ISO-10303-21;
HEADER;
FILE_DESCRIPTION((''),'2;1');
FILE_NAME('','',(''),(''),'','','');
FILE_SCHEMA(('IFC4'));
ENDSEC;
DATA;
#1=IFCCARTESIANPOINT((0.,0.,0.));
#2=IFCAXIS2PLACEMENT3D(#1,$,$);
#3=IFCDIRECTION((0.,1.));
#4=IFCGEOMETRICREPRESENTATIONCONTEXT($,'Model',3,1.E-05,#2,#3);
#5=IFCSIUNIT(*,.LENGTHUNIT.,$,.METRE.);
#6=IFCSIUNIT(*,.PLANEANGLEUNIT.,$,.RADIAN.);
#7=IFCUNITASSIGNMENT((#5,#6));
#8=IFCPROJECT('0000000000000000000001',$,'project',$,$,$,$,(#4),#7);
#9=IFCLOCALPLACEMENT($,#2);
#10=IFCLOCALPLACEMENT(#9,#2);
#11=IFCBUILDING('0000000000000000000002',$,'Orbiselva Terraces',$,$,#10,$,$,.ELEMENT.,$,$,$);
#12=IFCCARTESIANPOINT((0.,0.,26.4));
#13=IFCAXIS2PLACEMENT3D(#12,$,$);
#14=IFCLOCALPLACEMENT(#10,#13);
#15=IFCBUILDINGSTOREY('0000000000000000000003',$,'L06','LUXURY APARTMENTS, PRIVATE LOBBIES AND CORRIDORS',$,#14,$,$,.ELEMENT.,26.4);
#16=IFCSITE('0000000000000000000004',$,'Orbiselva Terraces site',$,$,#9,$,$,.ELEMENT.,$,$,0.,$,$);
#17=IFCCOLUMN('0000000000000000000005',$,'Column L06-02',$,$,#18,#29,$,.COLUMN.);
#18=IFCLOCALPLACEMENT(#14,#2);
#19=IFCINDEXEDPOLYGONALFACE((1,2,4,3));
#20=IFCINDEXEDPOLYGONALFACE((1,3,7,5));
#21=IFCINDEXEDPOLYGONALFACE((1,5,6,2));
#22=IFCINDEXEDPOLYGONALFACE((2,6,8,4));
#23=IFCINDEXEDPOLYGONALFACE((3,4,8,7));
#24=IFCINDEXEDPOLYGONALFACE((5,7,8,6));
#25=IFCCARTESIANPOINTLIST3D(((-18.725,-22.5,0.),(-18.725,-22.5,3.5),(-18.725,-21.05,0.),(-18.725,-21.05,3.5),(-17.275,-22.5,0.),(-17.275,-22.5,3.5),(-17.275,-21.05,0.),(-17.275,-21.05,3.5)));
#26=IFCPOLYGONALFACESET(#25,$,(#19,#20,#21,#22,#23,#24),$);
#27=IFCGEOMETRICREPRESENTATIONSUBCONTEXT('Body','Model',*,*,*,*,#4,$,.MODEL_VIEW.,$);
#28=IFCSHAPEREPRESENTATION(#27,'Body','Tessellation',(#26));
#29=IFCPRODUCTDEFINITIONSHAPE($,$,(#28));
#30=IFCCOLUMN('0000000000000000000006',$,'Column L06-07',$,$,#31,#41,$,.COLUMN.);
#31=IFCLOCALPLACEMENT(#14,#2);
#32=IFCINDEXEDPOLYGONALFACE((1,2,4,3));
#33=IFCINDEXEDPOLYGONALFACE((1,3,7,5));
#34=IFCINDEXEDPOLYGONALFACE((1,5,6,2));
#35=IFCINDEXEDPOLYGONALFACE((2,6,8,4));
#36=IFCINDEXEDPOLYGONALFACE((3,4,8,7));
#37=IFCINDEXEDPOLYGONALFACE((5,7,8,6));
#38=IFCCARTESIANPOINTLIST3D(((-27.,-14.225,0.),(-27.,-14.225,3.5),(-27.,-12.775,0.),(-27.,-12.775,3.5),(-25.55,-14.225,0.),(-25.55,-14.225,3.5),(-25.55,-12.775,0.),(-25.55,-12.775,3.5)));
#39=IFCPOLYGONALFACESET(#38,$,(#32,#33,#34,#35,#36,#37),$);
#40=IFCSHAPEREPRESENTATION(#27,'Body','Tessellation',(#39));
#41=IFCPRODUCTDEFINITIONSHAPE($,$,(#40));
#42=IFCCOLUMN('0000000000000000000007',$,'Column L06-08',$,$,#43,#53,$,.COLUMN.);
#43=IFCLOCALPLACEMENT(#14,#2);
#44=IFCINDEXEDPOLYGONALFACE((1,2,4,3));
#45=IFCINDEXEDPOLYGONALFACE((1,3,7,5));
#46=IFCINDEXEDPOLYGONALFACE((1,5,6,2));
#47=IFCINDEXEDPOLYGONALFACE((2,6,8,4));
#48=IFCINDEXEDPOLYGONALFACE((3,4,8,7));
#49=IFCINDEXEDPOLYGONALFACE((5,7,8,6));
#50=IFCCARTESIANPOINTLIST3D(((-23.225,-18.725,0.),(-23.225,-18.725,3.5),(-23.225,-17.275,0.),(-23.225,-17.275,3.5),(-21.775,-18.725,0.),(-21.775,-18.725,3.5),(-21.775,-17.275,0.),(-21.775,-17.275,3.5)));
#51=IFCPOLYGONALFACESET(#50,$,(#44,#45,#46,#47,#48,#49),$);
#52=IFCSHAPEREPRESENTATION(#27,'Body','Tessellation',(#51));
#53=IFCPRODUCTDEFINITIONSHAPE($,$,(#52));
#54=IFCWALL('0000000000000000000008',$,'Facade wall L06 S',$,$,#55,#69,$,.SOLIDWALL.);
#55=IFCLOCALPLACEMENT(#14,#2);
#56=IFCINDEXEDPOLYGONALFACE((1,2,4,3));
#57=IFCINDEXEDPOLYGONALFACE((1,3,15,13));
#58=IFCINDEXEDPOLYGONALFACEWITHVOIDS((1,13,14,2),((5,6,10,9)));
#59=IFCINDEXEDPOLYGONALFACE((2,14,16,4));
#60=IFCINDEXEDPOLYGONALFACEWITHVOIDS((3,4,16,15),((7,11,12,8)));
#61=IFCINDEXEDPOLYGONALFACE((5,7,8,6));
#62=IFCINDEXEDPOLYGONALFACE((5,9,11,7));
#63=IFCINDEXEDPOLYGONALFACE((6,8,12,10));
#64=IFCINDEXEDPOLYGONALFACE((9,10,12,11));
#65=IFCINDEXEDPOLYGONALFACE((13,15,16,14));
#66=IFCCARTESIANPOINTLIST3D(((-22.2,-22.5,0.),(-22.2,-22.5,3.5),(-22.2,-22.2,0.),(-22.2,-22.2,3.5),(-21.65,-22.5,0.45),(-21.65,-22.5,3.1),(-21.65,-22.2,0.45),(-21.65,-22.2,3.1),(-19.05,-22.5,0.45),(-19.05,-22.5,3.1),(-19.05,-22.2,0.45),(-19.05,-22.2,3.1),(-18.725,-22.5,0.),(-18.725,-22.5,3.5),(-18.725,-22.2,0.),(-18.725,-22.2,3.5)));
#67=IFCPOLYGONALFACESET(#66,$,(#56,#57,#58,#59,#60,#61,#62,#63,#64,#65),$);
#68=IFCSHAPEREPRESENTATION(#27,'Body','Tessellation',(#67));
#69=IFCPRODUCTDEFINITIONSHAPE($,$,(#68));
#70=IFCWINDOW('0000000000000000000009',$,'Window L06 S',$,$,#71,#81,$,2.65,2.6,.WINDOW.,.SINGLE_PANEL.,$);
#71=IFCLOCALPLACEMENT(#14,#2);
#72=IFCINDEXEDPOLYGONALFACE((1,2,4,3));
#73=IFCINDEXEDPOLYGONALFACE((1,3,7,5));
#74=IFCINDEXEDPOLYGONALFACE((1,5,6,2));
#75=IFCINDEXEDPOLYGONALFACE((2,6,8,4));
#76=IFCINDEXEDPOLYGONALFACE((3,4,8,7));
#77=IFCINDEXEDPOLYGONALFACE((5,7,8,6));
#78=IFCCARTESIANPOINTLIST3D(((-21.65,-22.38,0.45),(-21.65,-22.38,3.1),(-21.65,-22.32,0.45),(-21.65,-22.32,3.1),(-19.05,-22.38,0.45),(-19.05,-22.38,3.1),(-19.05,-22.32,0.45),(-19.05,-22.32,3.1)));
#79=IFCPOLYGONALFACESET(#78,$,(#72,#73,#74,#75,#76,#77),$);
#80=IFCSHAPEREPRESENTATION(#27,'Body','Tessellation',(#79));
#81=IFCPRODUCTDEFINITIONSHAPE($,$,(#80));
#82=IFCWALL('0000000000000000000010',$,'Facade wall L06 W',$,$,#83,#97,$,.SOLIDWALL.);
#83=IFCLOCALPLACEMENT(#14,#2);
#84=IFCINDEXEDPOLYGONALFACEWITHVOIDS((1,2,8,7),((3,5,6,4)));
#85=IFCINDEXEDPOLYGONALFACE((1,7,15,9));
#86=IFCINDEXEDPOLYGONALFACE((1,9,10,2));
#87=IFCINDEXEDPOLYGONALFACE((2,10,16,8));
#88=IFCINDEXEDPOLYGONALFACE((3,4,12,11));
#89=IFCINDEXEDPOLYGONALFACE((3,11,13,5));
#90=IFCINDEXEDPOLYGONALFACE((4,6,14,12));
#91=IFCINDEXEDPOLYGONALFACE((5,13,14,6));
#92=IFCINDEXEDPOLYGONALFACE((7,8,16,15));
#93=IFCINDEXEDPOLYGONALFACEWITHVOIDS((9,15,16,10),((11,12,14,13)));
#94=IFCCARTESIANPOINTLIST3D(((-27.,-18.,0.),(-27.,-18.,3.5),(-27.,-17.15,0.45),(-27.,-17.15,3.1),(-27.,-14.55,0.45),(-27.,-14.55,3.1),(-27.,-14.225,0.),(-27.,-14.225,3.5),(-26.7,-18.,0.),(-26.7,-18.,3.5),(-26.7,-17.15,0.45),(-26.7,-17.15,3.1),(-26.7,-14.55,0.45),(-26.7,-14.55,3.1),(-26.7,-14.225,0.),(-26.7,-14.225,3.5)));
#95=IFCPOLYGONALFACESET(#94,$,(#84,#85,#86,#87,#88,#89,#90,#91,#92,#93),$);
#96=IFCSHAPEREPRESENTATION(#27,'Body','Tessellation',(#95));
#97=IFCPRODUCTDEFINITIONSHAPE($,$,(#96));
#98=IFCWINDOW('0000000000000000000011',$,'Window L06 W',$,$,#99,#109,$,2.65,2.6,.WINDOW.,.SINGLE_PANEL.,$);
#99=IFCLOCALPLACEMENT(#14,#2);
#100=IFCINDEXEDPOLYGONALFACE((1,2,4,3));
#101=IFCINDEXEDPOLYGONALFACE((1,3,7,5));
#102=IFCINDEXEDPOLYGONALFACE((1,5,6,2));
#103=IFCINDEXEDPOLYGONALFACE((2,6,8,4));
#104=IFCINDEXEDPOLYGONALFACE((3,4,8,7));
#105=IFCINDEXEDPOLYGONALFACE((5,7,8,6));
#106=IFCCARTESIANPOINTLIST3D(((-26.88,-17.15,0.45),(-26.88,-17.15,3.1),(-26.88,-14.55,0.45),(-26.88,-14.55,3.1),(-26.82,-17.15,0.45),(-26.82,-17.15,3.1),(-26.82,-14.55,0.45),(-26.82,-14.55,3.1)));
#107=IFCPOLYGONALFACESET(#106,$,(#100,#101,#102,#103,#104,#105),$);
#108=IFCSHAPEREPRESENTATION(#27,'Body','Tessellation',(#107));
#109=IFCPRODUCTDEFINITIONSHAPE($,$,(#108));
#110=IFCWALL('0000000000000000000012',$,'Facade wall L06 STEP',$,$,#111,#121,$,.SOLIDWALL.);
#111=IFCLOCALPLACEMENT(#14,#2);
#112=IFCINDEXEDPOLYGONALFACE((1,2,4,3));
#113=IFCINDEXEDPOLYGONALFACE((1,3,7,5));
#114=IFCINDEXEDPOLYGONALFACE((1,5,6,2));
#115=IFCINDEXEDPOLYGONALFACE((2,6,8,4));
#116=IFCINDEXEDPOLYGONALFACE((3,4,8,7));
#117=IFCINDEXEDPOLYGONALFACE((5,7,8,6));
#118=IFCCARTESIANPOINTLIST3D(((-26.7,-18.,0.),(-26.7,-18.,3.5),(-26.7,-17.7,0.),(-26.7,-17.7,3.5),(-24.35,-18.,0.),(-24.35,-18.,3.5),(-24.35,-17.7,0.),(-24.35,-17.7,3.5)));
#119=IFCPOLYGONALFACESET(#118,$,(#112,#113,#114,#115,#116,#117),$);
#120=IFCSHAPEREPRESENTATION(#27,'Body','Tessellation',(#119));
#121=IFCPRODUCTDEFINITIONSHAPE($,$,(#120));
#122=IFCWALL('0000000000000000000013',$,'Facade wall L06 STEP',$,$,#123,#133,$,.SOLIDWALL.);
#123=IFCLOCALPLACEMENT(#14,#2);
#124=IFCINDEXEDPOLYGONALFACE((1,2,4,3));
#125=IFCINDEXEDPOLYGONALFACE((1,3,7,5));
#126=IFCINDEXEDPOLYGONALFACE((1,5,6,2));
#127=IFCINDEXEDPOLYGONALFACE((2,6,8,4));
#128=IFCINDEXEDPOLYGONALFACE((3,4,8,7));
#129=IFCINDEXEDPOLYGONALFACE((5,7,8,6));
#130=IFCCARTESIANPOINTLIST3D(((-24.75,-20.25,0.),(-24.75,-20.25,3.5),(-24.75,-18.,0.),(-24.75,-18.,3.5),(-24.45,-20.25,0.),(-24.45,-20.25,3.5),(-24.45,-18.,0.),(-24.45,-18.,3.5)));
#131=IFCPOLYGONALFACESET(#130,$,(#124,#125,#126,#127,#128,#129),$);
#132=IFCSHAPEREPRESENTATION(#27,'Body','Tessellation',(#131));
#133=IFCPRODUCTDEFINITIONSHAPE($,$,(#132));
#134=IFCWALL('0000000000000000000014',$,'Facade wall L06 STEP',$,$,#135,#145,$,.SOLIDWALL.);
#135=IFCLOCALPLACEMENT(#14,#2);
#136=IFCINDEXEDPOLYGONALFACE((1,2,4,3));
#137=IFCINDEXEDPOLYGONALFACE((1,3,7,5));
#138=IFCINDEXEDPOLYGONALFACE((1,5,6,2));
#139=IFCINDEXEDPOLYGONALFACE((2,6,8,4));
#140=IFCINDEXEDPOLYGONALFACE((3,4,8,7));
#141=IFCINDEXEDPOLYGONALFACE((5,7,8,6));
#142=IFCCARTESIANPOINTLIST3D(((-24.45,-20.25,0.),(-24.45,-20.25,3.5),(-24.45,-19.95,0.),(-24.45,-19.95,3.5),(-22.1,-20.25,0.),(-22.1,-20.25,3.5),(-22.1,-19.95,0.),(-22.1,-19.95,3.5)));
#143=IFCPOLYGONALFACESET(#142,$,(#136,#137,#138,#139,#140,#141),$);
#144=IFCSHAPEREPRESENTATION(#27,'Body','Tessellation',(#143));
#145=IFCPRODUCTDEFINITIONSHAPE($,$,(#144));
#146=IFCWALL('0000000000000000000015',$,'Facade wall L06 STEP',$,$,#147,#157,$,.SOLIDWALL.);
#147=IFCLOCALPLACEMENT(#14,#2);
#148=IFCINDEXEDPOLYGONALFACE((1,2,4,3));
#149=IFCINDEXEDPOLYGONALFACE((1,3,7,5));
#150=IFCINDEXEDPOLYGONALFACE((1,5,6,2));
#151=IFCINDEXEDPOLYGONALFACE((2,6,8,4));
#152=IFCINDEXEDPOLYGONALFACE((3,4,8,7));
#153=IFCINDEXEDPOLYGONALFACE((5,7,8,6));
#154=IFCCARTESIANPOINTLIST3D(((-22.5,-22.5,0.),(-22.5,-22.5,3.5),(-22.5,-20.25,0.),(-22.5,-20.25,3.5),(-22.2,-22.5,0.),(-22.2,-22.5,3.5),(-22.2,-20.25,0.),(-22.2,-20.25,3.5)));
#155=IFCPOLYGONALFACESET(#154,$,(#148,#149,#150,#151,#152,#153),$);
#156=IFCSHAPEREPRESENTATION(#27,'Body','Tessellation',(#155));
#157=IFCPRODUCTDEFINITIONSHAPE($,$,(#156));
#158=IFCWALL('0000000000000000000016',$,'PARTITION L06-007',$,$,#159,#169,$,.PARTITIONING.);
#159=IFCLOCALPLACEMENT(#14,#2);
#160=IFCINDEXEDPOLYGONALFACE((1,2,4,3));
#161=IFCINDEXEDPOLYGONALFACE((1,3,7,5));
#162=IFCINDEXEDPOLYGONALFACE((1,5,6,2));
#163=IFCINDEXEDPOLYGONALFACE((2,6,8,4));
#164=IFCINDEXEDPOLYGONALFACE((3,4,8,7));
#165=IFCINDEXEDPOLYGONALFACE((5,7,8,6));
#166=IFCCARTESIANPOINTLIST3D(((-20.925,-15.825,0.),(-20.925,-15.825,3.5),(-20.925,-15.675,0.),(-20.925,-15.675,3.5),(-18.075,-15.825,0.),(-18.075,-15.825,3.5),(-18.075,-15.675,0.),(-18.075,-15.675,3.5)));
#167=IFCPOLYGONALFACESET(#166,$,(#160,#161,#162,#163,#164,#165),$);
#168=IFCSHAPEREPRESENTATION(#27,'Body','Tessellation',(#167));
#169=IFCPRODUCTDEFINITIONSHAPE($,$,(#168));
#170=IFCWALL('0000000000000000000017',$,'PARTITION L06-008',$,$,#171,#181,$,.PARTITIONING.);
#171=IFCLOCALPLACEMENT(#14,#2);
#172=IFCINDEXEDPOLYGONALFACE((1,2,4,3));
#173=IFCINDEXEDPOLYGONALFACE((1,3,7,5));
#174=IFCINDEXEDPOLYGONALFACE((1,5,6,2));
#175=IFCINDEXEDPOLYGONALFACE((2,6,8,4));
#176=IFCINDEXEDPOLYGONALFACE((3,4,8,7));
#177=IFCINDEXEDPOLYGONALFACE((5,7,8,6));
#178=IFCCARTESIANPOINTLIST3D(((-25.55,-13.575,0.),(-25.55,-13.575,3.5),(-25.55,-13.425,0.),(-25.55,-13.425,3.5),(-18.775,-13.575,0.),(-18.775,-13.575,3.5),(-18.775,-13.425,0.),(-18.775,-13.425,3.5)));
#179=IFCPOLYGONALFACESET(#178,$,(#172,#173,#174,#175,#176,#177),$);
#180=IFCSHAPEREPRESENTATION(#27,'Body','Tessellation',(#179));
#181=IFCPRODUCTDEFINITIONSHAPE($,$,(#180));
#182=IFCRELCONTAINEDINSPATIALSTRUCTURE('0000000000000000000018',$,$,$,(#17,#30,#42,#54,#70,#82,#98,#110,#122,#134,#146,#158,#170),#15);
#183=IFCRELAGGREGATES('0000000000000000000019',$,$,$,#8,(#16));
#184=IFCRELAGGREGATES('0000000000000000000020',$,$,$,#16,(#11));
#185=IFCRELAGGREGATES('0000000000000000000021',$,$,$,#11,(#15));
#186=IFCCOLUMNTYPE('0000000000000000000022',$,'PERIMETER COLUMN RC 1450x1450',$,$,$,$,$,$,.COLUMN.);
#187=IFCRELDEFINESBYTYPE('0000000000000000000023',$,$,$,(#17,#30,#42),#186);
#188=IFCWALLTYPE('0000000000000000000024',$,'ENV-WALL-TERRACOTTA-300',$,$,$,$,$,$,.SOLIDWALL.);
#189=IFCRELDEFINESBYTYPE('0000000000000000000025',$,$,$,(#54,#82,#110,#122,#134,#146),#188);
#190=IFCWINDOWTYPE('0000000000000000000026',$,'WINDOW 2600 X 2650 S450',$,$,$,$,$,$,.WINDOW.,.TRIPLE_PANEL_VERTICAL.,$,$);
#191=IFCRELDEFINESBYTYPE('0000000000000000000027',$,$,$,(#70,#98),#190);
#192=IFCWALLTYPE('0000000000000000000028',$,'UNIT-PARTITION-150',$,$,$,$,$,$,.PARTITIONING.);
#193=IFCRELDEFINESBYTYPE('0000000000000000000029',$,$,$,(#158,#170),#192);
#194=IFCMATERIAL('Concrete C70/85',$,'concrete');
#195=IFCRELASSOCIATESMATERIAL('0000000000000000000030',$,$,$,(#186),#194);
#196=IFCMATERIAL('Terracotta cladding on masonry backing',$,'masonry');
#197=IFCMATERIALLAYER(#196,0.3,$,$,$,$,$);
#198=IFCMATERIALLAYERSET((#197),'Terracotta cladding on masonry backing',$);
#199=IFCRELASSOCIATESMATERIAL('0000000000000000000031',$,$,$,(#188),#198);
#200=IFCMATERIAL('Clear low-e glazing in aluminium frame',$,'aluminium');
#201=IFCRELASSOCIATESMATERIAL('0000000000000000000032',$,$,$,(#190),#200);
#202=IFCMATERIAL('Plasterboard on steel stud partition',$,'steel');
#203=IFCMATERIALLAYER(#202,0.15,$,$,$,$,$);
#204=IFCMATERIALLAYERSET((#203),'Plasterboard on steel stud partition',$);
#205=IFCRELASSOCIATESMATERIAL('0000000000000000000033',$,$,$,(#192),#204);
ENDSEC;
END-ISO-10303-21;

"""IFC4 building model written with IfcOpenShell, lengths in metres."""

from ifc_helpers import new_model, si_unit, direction, frame, frame_2d, origin, origin_2d, place, context, subcontext, project, spatial, rectangle, extrude, material, layer, layer_set, material_profile, profile_set, type_object, element, fill, save


model = new_model("IFC4")

# Units and contexts
model_context = context("Model", 3, precision=1e-05, world=origin(), true_north=direction((0.0, 1.0)))
body_context = subcontext(model_context, "Body", "Model", "MODEL_VIEW")
ifc_project = project(units=[si_unit("LENGTHUNIT", "METRE"), si_unit("PLANEANGLEUNIT", "RADIAN")], contexts=[model_context])

# Site, building, storey
site_placement = place(None, origin())
site = spatial("IfcSite", under=ifc_project, at=site_placement, Name="Orbiselva Terraces site", CompositionType="ELEMENT", RefElevation=0.0)
building_placement = place(site_placement, origin())
building = spatial("IfcBuilding", under=site, at=building_placement, Name="Orbiselva Terraces", CompositionType="ELEMENT")
storey_placement = place(building_placement, frame((0.0, 0.0, 26.4)))
storey = spatial("IfcBuildingStorey", under=building, at=storey_placement, Name="L06", Description="LUXURY APARTMENTS, PRIVATE LOBBIES AND CORRIDORS", CompositionType="ELEMENT", Elevation=26.4)

# Columns
ifc_material_1 = material(Name="Concrete C70/85", Category="concrete")
ifc_material_profile = material_profile(ifc_material_1, rectangle(XDim=1.45, YDim=1.45, at=origin_2d()), Name="RC 1450x1450")
ifc_profile_set = profile_set([ifc_material_profile], Name="Concrete C70/85")
column_type = type_object("IfcColumnType", Name="PERIMETER COLUMN RC 1450x1450", PredefinedType="COLUMN", material=ifc_profile_set)
for number, where, z_axis, x_axis, name in (
    (1, (-18.0, -21.775, 0.0), (0.0, 0.0, 1.0), (1.0, 0.0, 0.0), "Column L06-02"),
    (2, (-26.275, -13.5, 0.0), (0.0, 0.0, 1.0), (1.0, 0.0, 0.0), "Column L06-07"),
    (3, (-22.5, -18.0, 0.0), (0.0, 0.0, 1.0), (1.0, 0.0, 0.0), "Column L06-08"),
):
    element("IfcColumn", number, at=place(storey_placement, frame(where, z_axis=z_axis, x_axis=x_axis)), inside=storey, type_object=column_type, Name=name, PredefinedType="COLUMN", context=body_context, shape_type="SweptSolid", body=[
        extrude(rectangle(XDim=1.45, YDim=1.45, at=origin_2d()), origin(), (0.0, 0.0, 1.0), 3.5),
    ])

# Walls, openings, windows
ifc_material_2 = material(Name="Terracotta cladding on masonry backing", Category="masonry")
ifc_layer_1 = layer(ifc_material_2, 0.3)
ifc_layer_set_1 = layer_set([ifc_layer_1], Name="Terracotta cladding on masonry backing")
wall_type_1 = type_object("IfcWallType", Name="ENV-WALL-TERRACOTTA-300", PredefinedType="SOLIDWALL", material=ifc_layer_set_1)
wall_1_placement = place(storey_placement, frame((-18.725, -22.35, 0.0), z_axis=(0.0, 0.0, 1.0), x_axis=(-1.0, 0.0, 0.0)))
wall_1 = element("IfcWall", 4, at=wall_1_placement, inside=storey, type_object=wall_type_1, Name="Facade wall L06 S", PredefinedType="SOLIDWALL", context=body_context, shape_type="SweptSolid", body=[
    extrude(rectangle(XDim=3.475, YDim=0.3, at=frame_2d((1.7375, 0.0))), origin(), (0.0, 0.0, 1.0), 3.5),
])
opening_1_placement = place(wall_1_placement, frame((0.325, 0.0, 0.45)))
opening_1 = element("IfcOpeningElement", 5, at=opening_1_placement, cuts=wall_1, PredefinedType="OPENING", context=body_context, shape_type="SweptSolid", body=[
    extrude(rectangle(XDim=2.6, YDim=2.65, at=frame_2d((1.3, 1.325))), frame((0.0, 0.16, 0.0), z_axis=(0.0, -1.0, 0.0), x_axis=(1.0, 0.0, 0.0)), (0.0, 0.0, 1.0), 0.32),
])
ifc_material_3 = material(Name="Clear low-e glazing in aluminium frame", Category="aluminium")
window_type = type_object("IfcWindowType", Name="WINDOW 2600 X 2650 S450", PartitioningType="TRIPLE_PANEL_VERTICAL", PredefinedType="WINDOW", material=ifc_material_3)
window_1_placement = place(opening_1_placement, origin())
window_1 = element("IfcWindow", 6, at=window_1_placement, inside=storey, type_object=window_type, Name="Window L06 S", OverallHeight=2.65, OverallWidth=2.6, PartitioningType="SINGLE_PANEL", PredefinedType="WINDOW", context=body_context, shape_type="SweptSolid", body=[
    extrude(rectangle(XDim=2.6, YDim=2.65, at=frame_2d((1.3, 1.325))), frame((0.0, 0.03, 0.0), z_axis=(0.0, -1.0, 0.0), x_axis=(1.0, 0.0, 0.0)), (0.0, 0.0, 1.0), 0.06),
])
fill(opening_1, window_1)
wall_2_placement = place(storey_placement, frame((-26.85, -18.0, 0.0), z_axis=(0.0, 0.0, 1.0), x_axis=(0.0, 1.0, 0.0)))
wall_2 = element("IfcWall", 7, at=wall_2_placement, inside=storey, type_object=wall_type_1, Name="Facade wall L06 W", PredefinedType="SOLIDWALL", context=body_context, shape_type="SweptSolid", body=[
    extrude(rectangle(XDim=3.775, YDim=0.3, at=frame_2d((1.8875, 0.0))), origin(), (0.0, 0.0, 1.0), 3.5),
])
opening_2_placement = place(wall_2_placement, frame((0.85, 0.0, 0.45)))
opening_2 = element("IfcOpeningElement", 8, at=opening_2_placement, cuts=wall_2, PredefinedType="OPENING", context=body_context, shape_type="SweptSolid", body=[
    extrude(rectangle(XDim=2.6, YDim=2.65, at=frame_2d((1.3, 1.325))), frame((0.0, 0.16, 0.0), z_axis=(0.0, -1.0, 0.0), x_axis=(1.0, 0.0, 0.0)), (0.0, 0.0, 1.0), 0.32),
])
window_2_placement = place(opening_2_placement, origin())
window_2 = element("IfcWindow", 9, at=window_2_placement, inside=storey, type_object=window_type, Name="Window L06 W", OverallHeight=2.65, OverallWidth=2.6, PartitioningType="SINGLE_PANEL", PredefinedType="WINDOW", context=body_context, shape_type="SweptSolid", body=[
    extrude(rectangle(XDim=2.6, YDim=2.65, at=frame_2d((1.3, 1.325))), frame((0.0, 0.03, 0.0), z_axis=(0.0, -1.0, 0.0), x_axis=(1.0, 0.0, 0.0)), (0.0, 0.0, 1.0), 0.06),
])
fill(opening_2, window_2)

# Walls
wall_3_placement = place(storey_placement, frame((-24.35, -17.85, 0.0), z_axis=(0.0, 0.0, 1.0), x_axis=(-1.0, 0.0, 0.0)))
element("IfcWall", 10, at=wall_3_placement, inside=storey, type_object=wall_type_1, Name="Facade wall L06 STEP", PredefinedType="SOLIDWALL", context=body_context, shape_type="SweptSolid", body=[
    extrude(rectangle(XDim=2.35, YDim=0.3, at=frame_2d((1.175, 0.0))), origin(), (0.0, 0.0, 1.0), 3.5),
])
wall_4_placement = place(storey_placement, frame((-24.6, -20.25, 0.0), z_axis=(0.0, 0.0, 1.0), x_axis=(0.0, 1.0, 0.0)))
element("IfcWall", 11, at=wall_4_placement, inside=storey, type_object=wall_type_1, Name="Facade wall L06 STEP", PredefinedType="SOLIDWALL", context=body_context, shape_type="SweptSolid", body=[
    extrude(rectangle(XDim=2.25, YDim=0.3, at=frame_2d((1.125, 0.0))), origin(), (0.0, 0.0, 1.0), 3.5),
])
wall_5_placement = place(storey_placement, frame((-22.1, -20.1, 0.0), z_axis=(0.0, 0.0, 1.0), x_axis=(-1.0, 0.0, 0.0)))
element("IfcWall", 12, at=wall_5_placement, inside=storey, type_object=wall_type_1, Name="Facade wall L06 STEP", PredefinedType="SOLIDWALL", context=body_context, shape_type="SweptSolid", body=[
    extrude(rectangle(XDim=2.35, YDim=0.3, at=frame_2d((1.175, 0.0))), origin(), (0.0, 0.0, 1.0), 3.5),
])
wall_6_placement = place(storey_placement, frame((-22.35, -22.5, 0.0), z_axis=(0.0, 0.0, 1.0), x_axis=(0.0, 1.0, 0.0)))
element("IfcWall", 13, at=wall_6_placement, inside=storey, type_object=wall_type_1, Name="Facade wall L06 STEP", PredefinedType="SOLIDWALL", context=body_context, shape_type="SweptSolid", body=[
    extrude(rectangle(XDim=2.25, YDim=0.3, at=frame_2d((1.125, 0.0))), origin(), (0.0, 0.0, 1.0), 3.5),
])
ifc_material_4 = material(Name="Plasterboard on steel stud partition", Category="steel")
ifc_layer_2 = layer(ifc_material_4, 0.15)
ifc_layer_set_2 = layer_set([ifc_layer_2], Name="Plasterboard on steel stud partition")
wall_type_2 = type_object("IfcWallType", Name="UNIT-PARTITION-150", PredefinedType="PARTITIONING", material=ifc_layer_set_2)
wall_7_placement = place(storey_placement, frame((-20.925, -15.75, 0.0), z_axis=(0.0, 0.0, 1.0), x_axis=(1.0, 0.0, 0.0)))
element("IfcWall", 14, at=wall_7_placement, inside=storey, type_object=wall_type_2, Name="PARTITION L06-007", PredefinedType="PARTITIONING", context=body_context, shape_type="SweptSolid", body=[
    extrude(rectangle(XDim=2.85, YDim=0.15, at=frame_2d((1.425, 0.0))), origin(), (0.0, 0.0, 1.0), 3.5),
])
wall_8_placement = place(storey_placement, frame((-25.55, -13.5, 0.0), z_axis=(0.0, 0.0, 1.0), x_axis=(1.0, 0.0, 0.0)))
element("IfcWall", 15, at=wall_8_placement, inside=storey, type_object=wall_type_2, Name="PARTITION L06-008", PredefinedType="PARTITIONING", context=body_context, shape_type="SweptSolid", body=[
    extrude(rectangle(XDim=6.775, YDim=0.15, at=frame_2d((3.3875, 0.0))), origin(), (0.0, 0.0, 1.0), 3.5),
])

save(model, "model.ifc")
